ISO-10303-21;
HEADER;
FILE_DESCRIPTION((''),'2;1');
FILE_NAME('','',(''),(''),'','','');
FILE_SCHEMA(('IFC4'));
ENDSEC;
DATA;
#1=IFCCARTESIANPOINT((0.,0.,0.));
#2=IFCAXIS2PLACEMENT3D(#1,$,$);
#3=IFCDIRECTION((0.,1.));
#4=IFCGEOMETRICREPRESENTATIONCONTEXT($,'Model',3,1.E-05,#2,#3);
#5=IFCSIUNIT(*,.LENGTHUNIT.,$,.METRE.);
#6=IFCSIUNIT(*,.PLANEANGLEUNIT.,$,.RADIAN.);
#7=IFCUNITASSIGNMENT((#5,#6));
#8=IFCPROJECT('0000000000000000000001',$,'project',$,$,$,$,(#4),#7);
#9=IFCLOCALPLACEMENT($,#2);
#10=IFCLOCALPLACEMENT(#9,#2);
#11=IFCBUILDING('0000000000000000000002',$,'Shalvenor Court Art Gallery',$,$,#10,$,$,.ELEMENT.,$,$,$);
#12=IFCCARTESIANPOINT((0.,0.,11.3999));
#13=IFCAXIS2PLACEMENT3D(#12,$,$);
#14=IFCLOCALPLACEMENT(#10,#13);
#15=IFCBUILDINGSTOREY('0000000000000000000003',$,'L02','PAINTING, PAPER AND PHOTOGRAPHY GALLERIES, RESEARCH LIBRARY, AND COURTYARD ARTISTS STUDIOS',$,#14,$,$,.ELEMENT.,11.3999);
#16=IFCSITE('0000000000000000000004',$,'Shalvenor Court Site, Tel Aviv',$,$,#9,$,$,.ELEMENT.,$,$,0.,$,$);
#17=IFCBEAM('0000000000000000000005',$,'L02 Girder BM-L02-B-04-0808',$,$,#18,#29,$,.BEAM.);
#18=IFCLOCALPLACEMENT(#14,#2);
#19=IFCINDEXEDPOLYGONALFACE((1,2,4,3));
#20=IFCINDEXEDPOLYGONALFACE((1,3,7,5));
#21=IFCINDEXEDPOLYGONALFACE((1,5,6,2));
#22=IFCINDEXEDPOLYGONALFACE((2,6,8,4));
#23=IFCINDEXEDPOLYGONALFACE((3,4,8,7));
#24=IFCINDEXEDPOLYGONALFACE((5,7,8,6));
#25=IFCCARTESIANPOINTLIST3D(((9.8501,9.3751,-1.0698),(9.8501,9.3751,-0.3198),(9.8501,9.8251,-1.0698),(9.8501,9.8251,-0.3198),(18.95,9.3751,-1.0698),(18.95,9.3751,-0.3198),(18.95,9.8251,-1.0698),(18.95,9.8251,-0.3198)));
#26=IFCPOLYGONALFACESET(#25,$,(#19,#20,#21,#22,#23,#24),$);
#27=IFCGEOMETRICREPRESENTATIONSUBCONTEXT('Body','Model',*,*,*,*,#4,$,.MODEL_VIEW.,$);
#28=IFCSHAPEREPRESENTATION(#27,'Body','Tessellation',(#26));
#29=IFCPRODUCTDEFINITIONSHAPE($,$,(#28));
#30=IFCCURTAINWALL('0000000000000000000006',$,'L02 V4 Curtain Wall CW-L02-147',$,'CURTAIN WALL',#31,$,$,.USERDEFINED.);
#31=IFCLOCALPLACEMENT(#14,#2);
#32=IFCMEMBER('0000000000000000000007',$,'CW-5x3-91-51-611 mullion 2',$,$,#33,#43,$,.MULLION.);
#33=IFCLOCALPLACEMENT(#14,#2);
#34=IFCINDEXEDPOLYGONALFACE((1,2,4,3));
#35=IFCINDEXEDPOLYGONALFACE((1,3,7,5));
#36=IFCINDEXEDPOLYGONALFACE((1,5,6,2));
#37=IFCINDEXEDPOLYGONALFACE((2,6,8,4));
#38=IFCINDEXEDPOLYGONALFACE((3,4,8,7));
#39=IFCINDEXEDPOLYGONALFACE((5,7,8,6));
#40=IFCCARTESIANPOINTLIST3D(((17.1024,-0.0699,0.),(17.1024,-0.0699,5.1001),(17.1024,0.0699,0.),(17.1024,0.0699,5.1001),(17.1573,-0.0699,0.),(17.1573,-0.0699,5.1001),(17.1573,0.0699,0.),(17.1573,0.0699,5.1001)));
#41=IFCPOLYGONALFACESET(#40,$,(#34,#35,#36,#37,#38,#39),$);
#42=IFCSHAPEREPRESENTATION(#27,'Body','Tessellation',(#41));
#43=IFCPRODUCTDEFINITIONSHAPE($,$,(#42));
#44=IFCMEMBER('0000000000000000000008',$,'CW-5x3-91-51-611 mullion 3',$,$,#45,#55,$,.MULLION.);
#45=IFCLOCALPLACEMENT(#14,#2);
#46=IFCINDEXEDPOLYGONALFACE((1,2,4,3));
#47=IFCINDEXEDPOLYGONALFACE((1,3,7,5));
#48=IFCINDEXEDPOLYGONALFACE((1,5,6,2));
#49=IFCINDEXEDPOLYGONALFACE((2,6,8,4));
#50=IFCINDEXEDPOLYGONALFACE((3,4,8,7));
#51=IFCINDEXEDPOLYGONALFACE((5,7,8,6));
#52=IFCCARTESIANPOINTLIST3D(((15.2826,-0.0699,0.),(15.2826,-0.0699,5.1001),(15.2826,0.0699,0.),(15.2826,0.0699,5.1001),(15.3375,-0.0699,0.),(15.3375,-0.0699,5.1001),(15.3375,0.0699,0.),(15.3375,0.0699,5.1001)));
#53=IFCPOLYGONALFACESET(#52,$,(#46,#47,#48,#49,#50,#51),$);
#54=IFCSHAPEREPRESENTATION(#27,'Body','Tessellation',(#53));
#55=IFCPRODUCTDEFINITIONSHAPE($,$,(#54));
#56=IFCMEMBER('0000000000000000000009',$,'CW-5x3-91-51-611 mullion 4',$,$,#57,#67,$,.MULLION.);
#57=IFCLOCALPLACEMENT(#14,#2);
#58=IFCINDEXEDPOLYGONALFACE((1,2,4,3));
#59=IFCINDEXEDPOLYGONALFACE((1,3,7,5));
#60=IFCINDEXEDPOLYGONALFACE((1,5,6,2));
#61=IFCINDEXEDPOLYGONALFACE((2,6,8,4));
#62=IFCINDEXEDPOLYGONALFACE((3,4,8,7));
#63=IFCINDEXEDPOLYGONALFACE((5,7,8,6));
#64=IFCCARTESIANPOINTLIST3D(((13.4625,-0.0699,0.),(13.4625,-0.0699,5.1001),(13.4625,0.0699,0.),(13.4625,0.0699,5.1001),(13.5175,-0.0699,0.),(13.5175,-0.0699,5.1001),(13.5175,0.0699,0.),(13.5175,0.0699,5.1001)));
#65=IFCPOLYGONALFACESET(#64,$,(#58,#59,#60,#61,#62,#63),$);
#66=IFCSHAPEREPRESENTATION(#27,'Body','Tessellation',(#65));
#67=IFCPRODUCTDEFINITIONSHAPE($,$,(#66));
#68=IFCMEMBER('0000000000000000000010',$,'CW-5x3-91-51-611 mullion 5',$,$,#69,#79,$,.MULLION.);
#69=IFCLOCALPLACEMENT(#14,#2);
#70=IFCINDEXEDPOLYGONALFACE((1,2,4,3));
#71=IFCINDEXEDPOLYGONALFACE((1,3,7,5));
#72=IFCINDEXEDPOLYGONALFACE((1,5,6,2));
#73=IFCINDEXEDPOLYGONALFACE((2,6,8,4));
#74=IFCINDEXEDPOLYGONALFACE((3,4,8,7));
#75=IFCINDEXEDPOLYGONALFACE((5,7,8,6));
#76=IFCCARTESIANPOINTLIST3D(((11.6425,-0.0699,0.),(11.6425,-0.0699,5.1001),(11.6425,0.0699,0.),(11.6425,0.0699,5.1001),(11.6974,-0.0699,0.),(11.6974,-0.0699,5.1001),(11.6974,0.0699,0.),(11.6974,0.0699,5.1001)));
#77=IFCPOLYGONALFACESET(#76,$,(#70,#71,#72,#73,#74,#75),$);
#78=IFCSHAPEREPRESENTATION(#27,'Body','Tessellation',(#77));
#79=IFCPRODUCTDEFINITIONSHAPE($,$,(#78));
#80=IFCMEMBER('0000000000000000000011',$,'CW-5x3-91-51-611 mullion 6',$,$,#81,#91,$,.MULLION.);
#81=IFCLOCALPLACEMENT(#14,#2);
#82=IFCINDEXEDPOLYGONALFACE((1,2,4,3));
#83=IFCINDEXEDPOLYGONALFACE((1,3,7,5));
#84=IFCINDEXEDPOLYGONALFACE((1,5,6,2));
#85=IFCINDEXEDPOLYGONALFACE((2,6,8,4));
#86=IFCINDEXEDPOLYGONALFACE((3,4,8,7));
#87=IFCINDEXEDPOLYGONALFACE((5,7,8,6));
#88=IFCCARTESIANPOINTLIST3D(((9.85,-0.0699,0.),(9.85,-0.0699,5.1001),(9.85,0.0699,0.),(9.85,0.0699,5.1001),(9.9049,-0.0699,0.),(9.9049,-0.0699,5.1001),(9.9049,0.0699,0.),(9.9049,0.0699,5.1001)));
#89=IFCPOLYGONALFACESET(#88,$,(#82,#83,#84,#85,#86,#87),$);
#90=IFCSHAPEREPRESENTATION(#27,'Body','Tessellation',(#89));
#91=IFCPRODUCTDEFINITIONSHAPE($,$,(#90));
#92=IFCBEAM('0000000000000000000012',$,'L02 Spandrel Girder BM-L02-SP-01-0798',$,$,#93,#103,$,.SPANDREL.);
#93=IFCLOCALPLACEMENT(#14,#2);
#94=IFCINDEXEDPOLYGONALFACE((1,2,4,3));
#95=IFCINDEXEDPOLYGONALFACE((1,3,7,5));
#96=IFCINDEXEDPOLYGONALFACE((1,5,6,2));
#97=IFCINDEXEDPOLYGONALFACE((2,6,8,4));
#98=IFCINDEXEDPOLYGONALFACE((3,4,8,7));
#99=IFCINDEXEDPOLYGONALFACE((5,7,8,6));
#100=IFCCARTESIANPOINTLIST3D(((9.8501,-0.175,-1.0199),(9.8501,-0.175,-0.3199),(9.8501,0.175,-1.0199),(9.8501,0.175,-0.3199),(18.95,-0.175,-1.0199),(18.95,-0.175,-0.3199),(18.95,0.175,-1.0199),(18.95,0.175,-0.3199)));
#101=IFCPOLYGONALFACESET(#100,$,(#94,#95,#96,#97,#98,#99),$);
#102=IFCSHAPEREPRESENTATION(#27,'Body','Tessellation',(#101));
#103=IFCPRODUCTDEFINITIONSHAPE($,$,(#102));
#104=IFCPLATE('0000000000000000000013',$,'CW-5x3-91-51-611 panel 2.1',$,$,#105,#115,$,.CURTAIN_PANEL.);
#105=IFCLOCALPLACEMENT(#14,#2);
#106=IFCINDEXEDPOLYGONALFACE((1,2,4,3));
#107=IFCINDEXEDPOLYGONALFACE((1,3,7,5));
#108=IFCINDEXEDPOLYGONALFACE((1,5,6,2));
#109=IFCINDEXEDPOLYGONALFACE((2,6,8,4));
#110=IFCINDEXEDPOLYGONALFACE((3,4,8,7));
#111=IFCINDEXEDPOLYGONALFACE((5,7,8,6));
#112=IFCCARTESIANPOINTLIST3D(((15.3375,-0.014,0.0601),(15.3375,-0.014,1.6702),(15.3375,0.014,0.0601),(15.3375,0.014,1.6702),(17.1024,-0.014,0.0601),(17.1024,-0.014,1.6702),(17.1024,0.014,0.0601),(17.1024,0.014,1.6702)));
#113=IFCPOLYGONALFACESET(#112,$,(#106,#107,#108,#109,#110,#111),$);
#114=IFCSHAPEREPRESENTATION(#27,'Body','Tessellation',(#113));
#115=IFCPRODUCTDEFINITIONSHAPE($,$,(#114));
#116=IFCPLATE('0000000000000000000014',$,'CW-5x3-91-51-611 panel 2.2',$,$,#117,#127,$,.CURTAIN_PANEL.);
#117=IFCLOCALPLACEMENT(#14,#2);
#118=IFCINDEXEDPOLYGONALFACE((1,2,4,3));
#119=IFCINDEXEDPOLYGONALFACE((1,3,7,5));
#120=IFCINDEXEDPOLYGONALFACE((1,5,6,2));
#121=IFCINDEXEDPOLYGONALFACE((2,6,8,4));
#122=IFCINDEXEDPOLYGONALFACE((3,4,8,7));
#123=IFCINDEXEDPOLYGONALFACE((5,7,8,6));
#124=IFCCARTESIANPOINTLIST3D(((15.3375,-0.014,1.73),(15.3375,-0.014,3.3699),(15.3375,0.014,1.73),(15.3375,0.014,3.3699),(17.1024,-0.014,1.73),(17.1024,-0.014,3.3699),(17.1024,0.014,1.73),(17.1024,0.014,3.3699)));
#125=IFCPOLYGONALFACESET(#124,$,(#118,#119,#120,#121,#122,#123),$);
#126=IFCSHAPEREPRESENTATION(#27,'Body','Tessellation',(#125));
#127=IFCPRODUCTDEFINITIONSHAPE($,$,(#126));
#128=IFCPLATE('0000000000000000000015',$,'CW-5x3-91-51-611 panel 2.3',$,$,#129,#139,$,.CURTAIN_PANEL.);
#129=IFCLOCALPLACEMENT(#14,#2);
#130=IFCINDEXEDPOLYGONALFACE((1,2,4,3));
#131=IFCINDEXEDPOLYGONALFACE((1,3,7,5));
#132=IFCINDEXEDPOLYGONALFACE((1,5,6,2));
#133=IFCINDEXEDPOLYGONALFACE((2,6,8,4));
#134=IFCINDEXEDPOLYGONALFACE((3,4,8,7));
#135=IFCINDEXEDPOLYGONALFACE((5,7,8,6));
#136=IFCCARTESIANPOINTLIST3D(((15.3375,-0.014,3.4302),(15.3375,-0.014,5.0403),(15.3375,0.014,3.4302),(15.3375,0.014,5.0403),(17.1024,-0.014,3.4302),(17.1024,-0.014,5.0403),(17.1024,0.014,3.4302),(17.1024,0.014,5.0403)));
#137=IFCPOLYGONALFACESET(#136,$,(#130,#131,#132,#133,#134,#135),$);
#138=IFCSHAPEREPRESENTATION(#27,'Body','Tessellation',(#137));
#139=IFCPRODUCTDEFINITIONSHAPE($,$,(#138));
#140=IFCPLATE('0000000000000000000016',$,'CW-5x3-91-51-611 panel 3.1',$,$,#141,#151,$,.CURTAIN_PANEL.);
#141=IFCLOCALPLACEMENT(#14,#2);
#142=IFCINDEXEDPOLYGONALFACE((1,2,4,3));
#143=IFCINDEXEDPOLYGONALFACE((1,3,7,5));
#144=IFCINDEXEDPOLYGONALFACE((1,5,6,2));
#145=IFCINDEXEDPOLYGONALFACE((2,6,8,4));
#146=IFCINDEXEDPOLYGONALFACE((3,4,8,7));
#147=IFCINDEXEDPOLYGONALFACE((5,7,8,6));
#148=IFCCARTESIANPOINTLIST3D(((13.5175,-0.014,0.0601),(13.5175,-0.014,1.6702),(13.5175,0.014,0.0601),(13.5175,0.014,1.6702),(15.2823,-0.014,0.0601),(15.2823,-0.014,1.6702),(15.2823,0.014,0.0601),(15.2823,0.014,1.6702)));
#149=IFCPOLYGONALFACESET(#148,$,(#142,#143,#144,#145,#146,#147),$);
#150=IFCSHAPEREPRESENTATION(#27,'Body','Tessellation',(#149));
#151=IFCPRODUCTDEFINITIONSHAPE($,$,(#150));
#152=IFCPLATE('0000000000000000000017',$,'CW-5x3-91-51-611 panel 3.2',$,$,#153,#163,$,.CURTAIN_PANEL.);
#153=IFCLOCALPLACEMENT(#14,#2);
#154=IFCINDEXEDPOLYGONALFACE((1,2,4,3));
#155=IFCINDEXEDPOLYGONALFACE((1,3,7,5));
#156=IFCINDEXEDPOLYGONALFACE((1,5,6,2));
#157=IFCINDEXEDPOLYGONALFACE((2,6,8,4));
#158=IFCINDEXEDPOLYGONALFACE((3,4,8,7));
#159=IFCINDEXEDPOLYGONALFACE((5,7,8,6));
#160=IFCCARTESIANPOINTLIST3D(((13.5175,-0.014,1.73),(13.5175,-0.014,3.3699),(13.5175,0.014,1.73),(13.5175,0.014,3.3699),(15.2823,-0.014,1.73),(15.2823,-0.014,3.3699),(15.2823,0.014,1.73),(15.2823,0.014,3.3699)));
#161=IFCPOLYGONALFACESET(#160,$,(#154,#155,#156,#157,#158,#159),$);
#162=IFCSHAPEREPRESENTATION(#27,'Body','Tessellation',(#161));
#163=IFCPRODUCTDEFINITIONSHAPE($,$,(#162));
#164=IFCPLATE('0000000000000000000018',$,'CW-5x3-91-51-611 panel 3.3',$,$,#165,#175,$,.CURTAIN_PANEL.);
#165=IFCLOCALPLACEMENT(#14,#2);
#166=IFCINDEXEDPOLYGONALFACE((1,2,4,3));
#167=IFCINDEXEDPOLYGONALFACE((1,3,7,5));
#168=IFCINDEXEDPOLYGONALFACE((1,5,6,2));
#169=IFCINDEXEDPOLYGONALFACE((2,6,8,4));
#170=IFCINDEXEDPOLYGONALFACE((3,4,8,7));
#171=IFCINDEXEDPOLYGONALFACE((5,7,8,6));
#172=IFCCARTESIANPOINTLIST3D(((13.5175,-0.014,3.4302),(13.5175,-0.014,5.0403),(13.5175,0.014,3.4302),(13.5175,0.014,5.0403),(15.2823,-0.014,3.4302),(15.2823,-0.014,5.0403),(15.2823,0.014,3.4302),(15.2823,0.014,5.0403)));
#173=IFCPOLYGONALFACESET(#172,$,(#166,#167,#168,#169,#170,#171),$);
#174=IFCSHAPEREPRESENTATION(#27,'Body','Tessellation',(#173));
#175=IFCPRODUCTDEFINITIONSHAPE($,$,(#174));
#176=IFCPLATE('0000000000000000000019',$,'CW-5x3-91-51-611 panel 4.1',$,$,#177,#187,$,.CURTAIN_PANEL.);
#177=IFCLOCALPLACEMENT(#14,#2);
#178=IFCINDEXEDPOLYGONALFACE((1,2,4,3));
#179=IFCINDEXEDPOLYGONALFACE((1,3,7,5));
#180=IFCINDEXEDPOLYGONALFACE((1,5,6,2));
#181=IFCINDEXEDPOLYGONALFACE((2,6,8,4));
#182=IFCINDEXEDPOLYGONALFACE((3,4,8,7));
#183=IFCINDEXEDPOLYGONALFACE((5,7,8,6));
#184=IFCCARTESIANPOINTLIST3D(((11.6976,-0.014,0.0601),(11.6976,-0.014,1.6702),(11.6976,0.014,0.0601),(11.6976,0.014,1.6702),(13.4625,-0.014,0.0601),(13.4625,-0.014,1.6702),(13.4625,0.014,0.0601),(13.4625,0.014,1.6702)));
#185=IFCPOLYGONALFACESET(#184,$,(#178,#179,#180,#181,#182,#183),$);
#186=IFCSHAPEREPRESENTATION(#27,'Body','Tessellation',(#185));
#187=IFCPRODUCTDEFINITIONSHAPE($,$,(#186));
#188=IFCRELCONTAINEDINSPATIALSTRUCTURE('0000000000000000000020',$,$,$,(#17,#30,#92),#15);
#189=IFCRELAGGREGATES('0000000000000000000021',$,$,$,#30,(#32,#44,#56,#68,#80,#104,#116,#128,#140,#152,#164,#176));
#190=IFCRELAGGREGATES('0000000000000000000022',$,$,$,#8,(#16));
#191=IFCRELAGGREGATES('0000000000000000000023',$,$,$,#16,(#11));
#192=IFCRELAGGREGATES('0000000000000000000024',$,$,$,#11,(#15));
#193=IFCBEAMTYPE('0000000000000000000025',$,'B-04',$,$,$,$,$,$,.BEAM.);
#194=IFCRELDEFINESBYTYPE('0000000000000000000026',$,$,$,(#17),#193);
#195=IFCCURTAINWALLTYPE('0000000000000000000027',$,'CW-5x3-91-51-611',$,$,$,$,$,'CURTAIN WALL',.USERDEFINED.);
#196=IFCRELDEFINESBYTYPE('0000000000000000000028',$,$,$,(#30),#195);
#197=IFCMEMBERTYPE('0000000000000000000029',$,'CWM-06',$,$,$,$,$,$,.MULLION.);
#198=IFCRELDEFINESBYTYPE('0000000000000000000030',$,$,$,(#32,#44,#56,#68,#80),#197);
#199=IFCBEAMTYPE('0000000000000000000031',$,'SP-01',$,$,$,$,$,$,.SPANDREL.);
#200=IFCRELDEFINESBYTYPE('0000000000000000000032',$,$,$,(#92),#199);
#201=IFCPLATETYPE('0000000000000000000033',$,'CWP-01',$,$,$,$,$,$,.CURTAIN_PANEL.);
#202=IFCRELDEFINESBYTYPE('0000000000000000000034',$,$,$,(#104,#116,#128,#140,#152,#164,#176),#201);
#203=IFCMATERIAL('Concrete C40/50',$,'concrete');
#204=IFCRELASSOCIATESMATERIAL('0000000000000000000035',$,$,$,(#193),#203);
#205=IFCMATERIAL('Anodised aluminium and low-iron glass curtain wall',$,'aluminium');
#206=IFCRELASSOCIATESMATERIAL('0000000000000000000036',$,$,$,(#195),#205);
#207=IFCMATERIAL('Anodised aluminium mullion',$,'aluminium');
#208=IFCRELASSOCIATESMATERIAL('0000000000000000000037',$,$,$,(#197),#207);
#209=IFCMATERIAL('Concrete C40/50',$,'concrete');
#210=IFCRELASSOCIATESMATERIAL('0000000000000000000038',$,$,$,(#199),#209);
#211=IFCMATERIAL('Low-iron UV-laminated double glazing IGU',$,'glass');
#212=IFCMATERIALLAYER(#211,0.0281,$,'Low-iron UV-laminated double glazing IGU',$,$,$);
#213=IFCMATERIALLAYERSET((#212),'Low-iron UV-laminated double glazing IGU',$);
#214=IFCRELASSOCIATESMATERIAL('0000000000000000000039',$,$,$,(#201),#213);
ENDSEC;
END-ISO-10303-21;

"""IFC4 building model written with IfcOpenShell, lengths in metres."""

from ifc_helpers import new_model, si_unit, direction, frame, origin, origin_2d, place, context, subcontext, project, spatial, rectangle, extrude, material, layer, layer_set, material_profile, profile_set, type_object, element, aggregate, save


model = new_model("IFC4")

# Units and contexts
model_context = context("Model", 3, precision=1e-05, world=origin(), true_north=direction((0.0, 1.0)))
body_context = subcontext(model_context, "Body", "Model", "MODEL_VIEW")
ifc_project = project(units=[si_unit("LENGTHUNIT", "METRE"), si_unit("PLANEANGLEUNIT", "RADIAN")], contexts=[model_context])

# Site, building, storey
site_placement = place(None, origin())
site = spatial("IfcSite", under=ifc_project, at=site_placement, Name="Shalvenor Court Site, Tel Aviv", CompositionType="ELEMENT", RefElevation=0.0)
building_placement = place(site_placement, origin())
building = spatial("IfcBuilding", under=site, at=building_placement, Name="Shalvenor Court Art Gallery", CompositionType="ELEMENT")
storey_placement = place(building_placement, frame((0.0, 0.0, 11.3999)))
storey = spatial("IfcBuildingStorey", under=building, at=storey_placement, Name="L02", Description="PAINTING, PAPER AND PHOTOGRAPHY GALLERIES, RESEARCH LIBRARY, AND COURTYARD ARTISTS STUDIOS", CompositionType="ELEMENT", Elevation=11.3999)

# Beam
ifc_material_1 = material(Name="Concrete C40/50", Category="concrete")
ifc_material_profile_1 = material_profile(ifc_material_1, rectangle(XDim=0.45, YDim=0.75, at=origin_2d()), Name="RC 450x750")
ifc_profile_set_1 = profile_set([ifc_material_profile_1], Name="Concrete C40/50")
beam_type_1 = type_object("IfcBeamType", Name="B-04", PredefinedType="BEAM", material=ifc_profile_set_1)
beam_1_placement = place(storey_placement, frame((9.8501, 9.6001, -0.6948), z_axis=(1.0, 0.0, 0.0), x_axis=(0.0, 1.0, 0.0)))
element("IfcBeam", 1, at=beam_1_placement, inside=storey, type_object=beam_type_1, Name="L02 Girder BM-L02-B-04-0808", PredefinedType="BEAM", context=body_context, shape_type="SweptSolid", body=[
    extrude(rectangle(XDim=0.45, YDim=0.75, at=origin_2d()), origin(), (0.0, 0.0, 1.0), 9.0999),
])

# Curtain wall, members
ifc_material_2 = material(Name="Anodised aluminium and low-iron glass curtain wall", Category="aluminium")
curtain_wall_type = type_object("IfcCurtainWallType", Name="CW-5x3-91-51-611", ElementType="CURTAIN WALL", PredefinedType="USERDEFINED", material=ifc_material_2)
curtain_wall_placement = place(storey_placement, origin())
curtain_wall = element("IfcCurtainWall", 2, at=curtain_wall_placement, inside=storey, type_object=curtain_wall_type, Name="L02 V4 Curtain Wall CW-L02-147", ObjectType="CURTAIN WALL", PredefinedType="USERDEFINED")
ifc_material_3 = material(Name="Anodised aluminium mullion", Category="aluminium")
ifc_material_profile_2 = material_profile(ifc_material_3, rectangle(XDim=0.0549, YDim=0.1399, at=origin_2d()), Name="CWM-06")
ifc_profile_set_2 = profile_set([ifc_material_profile_2], Name="Anodised aluminium mullion")
member_type = type_object("IfcMemberType", Name="CWM-06", PredefinedType="MULLION", material=ifc_profile_set_2)
member_1_placement = place(storey_placement, frame((17.1299, 0.0, 0.0), z_axis=(0.0, 0.0, 1.0), x_axis=(-1.0, 0.0, 0.0)))
member_1 = element("IfcMember", 3, at=member_1_placement, type_object=member_type, Name="CW-5x3-91-51-611 mullion 2", PredefinedType="MULLION", context=body_context, shape_type="SweptSolid", body=[
    extrude(rectangle(XDim=0.0549, YDim=0.1399, at=origin_2d()), origin(), (0.0, 0.0, 1.0), 5.1001),
])
member_2_placement = place(storey_placement, frame((15.3101, 0.0, 0.0), z_axis=(0.0, 0.0, 1.0), x_axis=(-1.0, 0.0, 0.0)))
member_2 = element("IfcMember", 4, at=member_2_placement, type_object=member_type, Name="CW-5x3-91-51-611 mullion 3", PredefinedType="MULLION", context=body_context, shape_type="SweptSolid", body=[
    extrude(rectangle(XDim=0.0549, YDim=0.1399, at=origin_2d()), origin(), (0.0, 0.0, 1.0), 5.1001),
])
member_3_placement = place(storey_placement, frame((13.49, 0.0, 0.0), z_axis=(0.0, 0.0, 1.0), x_axis=(-1.0, 0.0, 0.0)))
member_3 = element("IfcMember", 5, at=member_3_placement, type_object=member_type, Name="CW-5x3-91-51-611 mullion 4", PredefinedType="MULLION", context=body_context, shape_type="SweptSolid", body=[
    extrude(rectangle(XDim=0.0549, YDim=0.1399, at=origin_2d()), origin(), (0.0, 0.0, 1.0), 5.1001),
])
member_4_placement = place(storey_placement, frame((11.6699, 0.0, 0.0), z_axis=(0.0, 0.0, 1.0), x_axis=(-1.0, 0.0, 0.0)))
member_4 = element("IfcMember", 6, at=member_4_placement, type_object=member_type, Name="CW-5x3-91-51-611 mullion 5", PredefinedType="MULLION", context=body_context, shape_type="SweptSolid", body=[
    extrude(rectangle(XDim=0.0549, YDim=0.1399, at=origin_2d()), origin(), (0.0, 0.0, 1.0), 5.1001),
])
member_5_placement = place(storey_placement, frame((9.8774, 0.0, 0.0), z_axis=(0.0, 0.0, 1.0), x_axis=(-1.0, 0.0, 0.0)))
member_5 = element("IfcMember", 7, at=member_5_placement, type_object=member_type, Name="CW-5x3-91-51-611 mullion 6", PredefinedType="MULLION", context=body_context, shape_type="SweptSolid", body=[
    extrude(rectangle(XDim=0.0549, YDim=0.1399, at=origin_2d()), origin(), (0.0, 0.0, 1.0), 5.1001),
])

# Beam
ifc_material_4 = material(Name="Concrete C40/50", Category="concrete")
ifc_material_profile_3 = material_profile(ifc_material_4, rectangle(XDim=0.3501, YDim=0.7, at=origin_2d()), Name="RC 350x700")
ifc_profile_set_3 = profile_set([ifc_material_profile_3], Name="Concrete C40/50")
beam_type_2 = type_object("IfcBeamType", Name="SP-01", PredefinedType="SPANDREL", material=ifc_profile_set_3)
beam_2_placement = place(storey_placement, frame((9.8501, 0.0, -0.6699), z_axis=(1.0, 0.0, 0.0), x_axis=(0.0, 1.0, 0.0)))
element("IfcBeam", 8, at=beam_2_placement, inside=storey, type_object=beam_type_2, Name="L02 Spandrel Girder BM-L02-SP-01-0798", PredefinedType="SPANDREL", context=body_context, shape_type="SweptSolid", body=[
    extrude(rectangle(XDim=0.3501, YDim=0.7, at=origin_2d()), origin(), (0.0, 0.0, 1.0), 9.0999),
])

# Plates
ifc_material_5 = material(Name="Low-iron UV-laminated double glazing IGU", Category="glass")
ifc_layer_1 = layer(ifc_material_5, 0.0281, Name="Low-iron UV-laminated double glazing IGU")
ifc_layer_set_1 = layer_set([ifc_layer_1], Name="Low-iron UV-laminated double glazing IGU")
plate_type_1 = type_object("IfcPlateType", Name="CWP-01", PredefinedType="CURTAIN_PANEL", material=ifc_layer_set_1)
plate_1_placement = place(storey_placement, frame((16.22, 0.0, 0.0601), z_axis=(0.0, 0.0, 1.0), x_axis=(-1.0, 0.0, 0.0)))
plate_1 = element("IfcPlate", 9, at=plate_1_placement, type_object=plate_type_1, Name="CW-5x3-91-51-611 panel 2.1", PredefinedType="CURTAIN_PANEL", context=body_context, shape_type="SweptSolid", body=[
    extrude(rectangle(XDim=1.7649, YDim=0.0281, at=origin_2d()), origin(), (0.0, 0.0, 1.0), 1.6101),
])
plate_2_placement = place(storey_placement, frame((16.22, 0.0, 1.73), z_axis=(0.0, 0.0, 1.0), x_axis=(-1.0, 0.0, 0.0)))
plate_2 = element("IfcPlate", 10, at=plate_2_placement, type_object=plate_type_1, Name="CW-5x3-91-51-611 panel 2.2", PredefinedType="CURTAIN_PANEL", context=body_context, shape_type="SweptSolid", body=[
    extrude(rectangle(XDim=1.7649, YDim=0.0281, at=origin_2d()), origin(), (0.0, 0.0, 1.0), 1.6399),
])
plate_3_placement = place(storey_placement, frame((16.22, 0.0, 3.4302), z_axis=(0.0, 0.0, 1.0), x_axis=(-1.0, 0.0, 0.0)))
plate_3 = element("IfcPlate", 11, at=plate_3_placement, type_object=plate_type_1, Name="CW-5x3-91-51-611 panel 2.3", PredefinedType="CURTAIN_PANEL", context=body_context, shape_type="SweptSolid", body=[
    extrude(rectangle(XDim=1.7649, YDim=0.0281, at=origin_2d()), origin(), (0.0, 0.0, 1.0), 1.6101),
])
plate_4_placement = place(storey_placement, frame((14.3999, 0.0, 0.0601), z_axis=(0.0, 0.0, 1.0), x_axis=(-1.0, 0.0, 0.0)))
plate_4 = element("IfcPlate", 12, at=plate_4_placement, type_object=plate_type_1, Name="CW-5x3-91-51-611 panel 3.1", PredefinedType="CURTAIN_PANEL", context=body_context, shape_type="SweptSolid", body=[
    extrude(rectangle(XDim=1.7649, YDim=0.0281, at=origin_2d()), origin(), (0.0, 0.0, 1.0), 1.6101),
])
plate_5_placement = place(storey_placement, frame((14.3999, 0.0, 1.73), z_axis=(0.0, 0.0, 1.0), x_axis=(-1.0, 0.0, 0.0)))
plate_5 = element("IfcPlate", 13, at=plate_5_placement, type_object=plate_type_1, Name="CW-5x3-91-51-611 panel 3.2", PredefinedType="CURTAIN_PANEL", context=body_context, shape_type="SweptSolid", body=[
    extrude(rectangle(XDim=1.7649, YDim=0.0281, at=origin_2d()), origin(), (0.0, 0.0, 1.0), 1.6399),
])
plate_6_placement = place(storey_placement, frame((14.3999, 0.0, 3.4302), z_axis=(0.0, 0.0, 1.0), x_axis=(-1.0, 0.0, 0.0)))
plate_6 = element("IfcPlate", 14, at=plate_6_placement, type_object=plate_type_1, Name="CW-5x3-91-51-611 panel 3.3", PredefinedType="CURTAIN_PANEL", context=body_context, shape_type="SweptSolid", body=[
    extrude(rectangle(XDim=1.7649, YDim=0.0281, at=origin_2d()), origin(), (0.0, 0.0, 1.0), 1.6101),
])
plate_7_placement = place(storey_placement, frame((12.5801, 0.0, 0.0601), z_axis=(0.0, 0.0, 1.0), x_axis=(-1.0, 0.0, 0.0)))
plate_7 = element("IfcPlate", 15, at=plate_7_placement, type_object=plate_type_1, Name="CW-5x3-91-51-611 panel 4.1", PredefinedType="CURTAIN_PANEL", context=body_context, shape_type="SweptSolid", body=[
    extrude(rectangle(XDim=1.7649, YDim=0.0281, at=origin_2d()), origin(), (0.0, 0.0, 1.0), 1.6101),
])
aggregate(curtain_wall, [member_1, member_2, member_3, member_4, member_5, plate_1, plate_2, plate_3, plate_4, plate_5, plate_6, plate_7])

save(model, "model.ifc")
